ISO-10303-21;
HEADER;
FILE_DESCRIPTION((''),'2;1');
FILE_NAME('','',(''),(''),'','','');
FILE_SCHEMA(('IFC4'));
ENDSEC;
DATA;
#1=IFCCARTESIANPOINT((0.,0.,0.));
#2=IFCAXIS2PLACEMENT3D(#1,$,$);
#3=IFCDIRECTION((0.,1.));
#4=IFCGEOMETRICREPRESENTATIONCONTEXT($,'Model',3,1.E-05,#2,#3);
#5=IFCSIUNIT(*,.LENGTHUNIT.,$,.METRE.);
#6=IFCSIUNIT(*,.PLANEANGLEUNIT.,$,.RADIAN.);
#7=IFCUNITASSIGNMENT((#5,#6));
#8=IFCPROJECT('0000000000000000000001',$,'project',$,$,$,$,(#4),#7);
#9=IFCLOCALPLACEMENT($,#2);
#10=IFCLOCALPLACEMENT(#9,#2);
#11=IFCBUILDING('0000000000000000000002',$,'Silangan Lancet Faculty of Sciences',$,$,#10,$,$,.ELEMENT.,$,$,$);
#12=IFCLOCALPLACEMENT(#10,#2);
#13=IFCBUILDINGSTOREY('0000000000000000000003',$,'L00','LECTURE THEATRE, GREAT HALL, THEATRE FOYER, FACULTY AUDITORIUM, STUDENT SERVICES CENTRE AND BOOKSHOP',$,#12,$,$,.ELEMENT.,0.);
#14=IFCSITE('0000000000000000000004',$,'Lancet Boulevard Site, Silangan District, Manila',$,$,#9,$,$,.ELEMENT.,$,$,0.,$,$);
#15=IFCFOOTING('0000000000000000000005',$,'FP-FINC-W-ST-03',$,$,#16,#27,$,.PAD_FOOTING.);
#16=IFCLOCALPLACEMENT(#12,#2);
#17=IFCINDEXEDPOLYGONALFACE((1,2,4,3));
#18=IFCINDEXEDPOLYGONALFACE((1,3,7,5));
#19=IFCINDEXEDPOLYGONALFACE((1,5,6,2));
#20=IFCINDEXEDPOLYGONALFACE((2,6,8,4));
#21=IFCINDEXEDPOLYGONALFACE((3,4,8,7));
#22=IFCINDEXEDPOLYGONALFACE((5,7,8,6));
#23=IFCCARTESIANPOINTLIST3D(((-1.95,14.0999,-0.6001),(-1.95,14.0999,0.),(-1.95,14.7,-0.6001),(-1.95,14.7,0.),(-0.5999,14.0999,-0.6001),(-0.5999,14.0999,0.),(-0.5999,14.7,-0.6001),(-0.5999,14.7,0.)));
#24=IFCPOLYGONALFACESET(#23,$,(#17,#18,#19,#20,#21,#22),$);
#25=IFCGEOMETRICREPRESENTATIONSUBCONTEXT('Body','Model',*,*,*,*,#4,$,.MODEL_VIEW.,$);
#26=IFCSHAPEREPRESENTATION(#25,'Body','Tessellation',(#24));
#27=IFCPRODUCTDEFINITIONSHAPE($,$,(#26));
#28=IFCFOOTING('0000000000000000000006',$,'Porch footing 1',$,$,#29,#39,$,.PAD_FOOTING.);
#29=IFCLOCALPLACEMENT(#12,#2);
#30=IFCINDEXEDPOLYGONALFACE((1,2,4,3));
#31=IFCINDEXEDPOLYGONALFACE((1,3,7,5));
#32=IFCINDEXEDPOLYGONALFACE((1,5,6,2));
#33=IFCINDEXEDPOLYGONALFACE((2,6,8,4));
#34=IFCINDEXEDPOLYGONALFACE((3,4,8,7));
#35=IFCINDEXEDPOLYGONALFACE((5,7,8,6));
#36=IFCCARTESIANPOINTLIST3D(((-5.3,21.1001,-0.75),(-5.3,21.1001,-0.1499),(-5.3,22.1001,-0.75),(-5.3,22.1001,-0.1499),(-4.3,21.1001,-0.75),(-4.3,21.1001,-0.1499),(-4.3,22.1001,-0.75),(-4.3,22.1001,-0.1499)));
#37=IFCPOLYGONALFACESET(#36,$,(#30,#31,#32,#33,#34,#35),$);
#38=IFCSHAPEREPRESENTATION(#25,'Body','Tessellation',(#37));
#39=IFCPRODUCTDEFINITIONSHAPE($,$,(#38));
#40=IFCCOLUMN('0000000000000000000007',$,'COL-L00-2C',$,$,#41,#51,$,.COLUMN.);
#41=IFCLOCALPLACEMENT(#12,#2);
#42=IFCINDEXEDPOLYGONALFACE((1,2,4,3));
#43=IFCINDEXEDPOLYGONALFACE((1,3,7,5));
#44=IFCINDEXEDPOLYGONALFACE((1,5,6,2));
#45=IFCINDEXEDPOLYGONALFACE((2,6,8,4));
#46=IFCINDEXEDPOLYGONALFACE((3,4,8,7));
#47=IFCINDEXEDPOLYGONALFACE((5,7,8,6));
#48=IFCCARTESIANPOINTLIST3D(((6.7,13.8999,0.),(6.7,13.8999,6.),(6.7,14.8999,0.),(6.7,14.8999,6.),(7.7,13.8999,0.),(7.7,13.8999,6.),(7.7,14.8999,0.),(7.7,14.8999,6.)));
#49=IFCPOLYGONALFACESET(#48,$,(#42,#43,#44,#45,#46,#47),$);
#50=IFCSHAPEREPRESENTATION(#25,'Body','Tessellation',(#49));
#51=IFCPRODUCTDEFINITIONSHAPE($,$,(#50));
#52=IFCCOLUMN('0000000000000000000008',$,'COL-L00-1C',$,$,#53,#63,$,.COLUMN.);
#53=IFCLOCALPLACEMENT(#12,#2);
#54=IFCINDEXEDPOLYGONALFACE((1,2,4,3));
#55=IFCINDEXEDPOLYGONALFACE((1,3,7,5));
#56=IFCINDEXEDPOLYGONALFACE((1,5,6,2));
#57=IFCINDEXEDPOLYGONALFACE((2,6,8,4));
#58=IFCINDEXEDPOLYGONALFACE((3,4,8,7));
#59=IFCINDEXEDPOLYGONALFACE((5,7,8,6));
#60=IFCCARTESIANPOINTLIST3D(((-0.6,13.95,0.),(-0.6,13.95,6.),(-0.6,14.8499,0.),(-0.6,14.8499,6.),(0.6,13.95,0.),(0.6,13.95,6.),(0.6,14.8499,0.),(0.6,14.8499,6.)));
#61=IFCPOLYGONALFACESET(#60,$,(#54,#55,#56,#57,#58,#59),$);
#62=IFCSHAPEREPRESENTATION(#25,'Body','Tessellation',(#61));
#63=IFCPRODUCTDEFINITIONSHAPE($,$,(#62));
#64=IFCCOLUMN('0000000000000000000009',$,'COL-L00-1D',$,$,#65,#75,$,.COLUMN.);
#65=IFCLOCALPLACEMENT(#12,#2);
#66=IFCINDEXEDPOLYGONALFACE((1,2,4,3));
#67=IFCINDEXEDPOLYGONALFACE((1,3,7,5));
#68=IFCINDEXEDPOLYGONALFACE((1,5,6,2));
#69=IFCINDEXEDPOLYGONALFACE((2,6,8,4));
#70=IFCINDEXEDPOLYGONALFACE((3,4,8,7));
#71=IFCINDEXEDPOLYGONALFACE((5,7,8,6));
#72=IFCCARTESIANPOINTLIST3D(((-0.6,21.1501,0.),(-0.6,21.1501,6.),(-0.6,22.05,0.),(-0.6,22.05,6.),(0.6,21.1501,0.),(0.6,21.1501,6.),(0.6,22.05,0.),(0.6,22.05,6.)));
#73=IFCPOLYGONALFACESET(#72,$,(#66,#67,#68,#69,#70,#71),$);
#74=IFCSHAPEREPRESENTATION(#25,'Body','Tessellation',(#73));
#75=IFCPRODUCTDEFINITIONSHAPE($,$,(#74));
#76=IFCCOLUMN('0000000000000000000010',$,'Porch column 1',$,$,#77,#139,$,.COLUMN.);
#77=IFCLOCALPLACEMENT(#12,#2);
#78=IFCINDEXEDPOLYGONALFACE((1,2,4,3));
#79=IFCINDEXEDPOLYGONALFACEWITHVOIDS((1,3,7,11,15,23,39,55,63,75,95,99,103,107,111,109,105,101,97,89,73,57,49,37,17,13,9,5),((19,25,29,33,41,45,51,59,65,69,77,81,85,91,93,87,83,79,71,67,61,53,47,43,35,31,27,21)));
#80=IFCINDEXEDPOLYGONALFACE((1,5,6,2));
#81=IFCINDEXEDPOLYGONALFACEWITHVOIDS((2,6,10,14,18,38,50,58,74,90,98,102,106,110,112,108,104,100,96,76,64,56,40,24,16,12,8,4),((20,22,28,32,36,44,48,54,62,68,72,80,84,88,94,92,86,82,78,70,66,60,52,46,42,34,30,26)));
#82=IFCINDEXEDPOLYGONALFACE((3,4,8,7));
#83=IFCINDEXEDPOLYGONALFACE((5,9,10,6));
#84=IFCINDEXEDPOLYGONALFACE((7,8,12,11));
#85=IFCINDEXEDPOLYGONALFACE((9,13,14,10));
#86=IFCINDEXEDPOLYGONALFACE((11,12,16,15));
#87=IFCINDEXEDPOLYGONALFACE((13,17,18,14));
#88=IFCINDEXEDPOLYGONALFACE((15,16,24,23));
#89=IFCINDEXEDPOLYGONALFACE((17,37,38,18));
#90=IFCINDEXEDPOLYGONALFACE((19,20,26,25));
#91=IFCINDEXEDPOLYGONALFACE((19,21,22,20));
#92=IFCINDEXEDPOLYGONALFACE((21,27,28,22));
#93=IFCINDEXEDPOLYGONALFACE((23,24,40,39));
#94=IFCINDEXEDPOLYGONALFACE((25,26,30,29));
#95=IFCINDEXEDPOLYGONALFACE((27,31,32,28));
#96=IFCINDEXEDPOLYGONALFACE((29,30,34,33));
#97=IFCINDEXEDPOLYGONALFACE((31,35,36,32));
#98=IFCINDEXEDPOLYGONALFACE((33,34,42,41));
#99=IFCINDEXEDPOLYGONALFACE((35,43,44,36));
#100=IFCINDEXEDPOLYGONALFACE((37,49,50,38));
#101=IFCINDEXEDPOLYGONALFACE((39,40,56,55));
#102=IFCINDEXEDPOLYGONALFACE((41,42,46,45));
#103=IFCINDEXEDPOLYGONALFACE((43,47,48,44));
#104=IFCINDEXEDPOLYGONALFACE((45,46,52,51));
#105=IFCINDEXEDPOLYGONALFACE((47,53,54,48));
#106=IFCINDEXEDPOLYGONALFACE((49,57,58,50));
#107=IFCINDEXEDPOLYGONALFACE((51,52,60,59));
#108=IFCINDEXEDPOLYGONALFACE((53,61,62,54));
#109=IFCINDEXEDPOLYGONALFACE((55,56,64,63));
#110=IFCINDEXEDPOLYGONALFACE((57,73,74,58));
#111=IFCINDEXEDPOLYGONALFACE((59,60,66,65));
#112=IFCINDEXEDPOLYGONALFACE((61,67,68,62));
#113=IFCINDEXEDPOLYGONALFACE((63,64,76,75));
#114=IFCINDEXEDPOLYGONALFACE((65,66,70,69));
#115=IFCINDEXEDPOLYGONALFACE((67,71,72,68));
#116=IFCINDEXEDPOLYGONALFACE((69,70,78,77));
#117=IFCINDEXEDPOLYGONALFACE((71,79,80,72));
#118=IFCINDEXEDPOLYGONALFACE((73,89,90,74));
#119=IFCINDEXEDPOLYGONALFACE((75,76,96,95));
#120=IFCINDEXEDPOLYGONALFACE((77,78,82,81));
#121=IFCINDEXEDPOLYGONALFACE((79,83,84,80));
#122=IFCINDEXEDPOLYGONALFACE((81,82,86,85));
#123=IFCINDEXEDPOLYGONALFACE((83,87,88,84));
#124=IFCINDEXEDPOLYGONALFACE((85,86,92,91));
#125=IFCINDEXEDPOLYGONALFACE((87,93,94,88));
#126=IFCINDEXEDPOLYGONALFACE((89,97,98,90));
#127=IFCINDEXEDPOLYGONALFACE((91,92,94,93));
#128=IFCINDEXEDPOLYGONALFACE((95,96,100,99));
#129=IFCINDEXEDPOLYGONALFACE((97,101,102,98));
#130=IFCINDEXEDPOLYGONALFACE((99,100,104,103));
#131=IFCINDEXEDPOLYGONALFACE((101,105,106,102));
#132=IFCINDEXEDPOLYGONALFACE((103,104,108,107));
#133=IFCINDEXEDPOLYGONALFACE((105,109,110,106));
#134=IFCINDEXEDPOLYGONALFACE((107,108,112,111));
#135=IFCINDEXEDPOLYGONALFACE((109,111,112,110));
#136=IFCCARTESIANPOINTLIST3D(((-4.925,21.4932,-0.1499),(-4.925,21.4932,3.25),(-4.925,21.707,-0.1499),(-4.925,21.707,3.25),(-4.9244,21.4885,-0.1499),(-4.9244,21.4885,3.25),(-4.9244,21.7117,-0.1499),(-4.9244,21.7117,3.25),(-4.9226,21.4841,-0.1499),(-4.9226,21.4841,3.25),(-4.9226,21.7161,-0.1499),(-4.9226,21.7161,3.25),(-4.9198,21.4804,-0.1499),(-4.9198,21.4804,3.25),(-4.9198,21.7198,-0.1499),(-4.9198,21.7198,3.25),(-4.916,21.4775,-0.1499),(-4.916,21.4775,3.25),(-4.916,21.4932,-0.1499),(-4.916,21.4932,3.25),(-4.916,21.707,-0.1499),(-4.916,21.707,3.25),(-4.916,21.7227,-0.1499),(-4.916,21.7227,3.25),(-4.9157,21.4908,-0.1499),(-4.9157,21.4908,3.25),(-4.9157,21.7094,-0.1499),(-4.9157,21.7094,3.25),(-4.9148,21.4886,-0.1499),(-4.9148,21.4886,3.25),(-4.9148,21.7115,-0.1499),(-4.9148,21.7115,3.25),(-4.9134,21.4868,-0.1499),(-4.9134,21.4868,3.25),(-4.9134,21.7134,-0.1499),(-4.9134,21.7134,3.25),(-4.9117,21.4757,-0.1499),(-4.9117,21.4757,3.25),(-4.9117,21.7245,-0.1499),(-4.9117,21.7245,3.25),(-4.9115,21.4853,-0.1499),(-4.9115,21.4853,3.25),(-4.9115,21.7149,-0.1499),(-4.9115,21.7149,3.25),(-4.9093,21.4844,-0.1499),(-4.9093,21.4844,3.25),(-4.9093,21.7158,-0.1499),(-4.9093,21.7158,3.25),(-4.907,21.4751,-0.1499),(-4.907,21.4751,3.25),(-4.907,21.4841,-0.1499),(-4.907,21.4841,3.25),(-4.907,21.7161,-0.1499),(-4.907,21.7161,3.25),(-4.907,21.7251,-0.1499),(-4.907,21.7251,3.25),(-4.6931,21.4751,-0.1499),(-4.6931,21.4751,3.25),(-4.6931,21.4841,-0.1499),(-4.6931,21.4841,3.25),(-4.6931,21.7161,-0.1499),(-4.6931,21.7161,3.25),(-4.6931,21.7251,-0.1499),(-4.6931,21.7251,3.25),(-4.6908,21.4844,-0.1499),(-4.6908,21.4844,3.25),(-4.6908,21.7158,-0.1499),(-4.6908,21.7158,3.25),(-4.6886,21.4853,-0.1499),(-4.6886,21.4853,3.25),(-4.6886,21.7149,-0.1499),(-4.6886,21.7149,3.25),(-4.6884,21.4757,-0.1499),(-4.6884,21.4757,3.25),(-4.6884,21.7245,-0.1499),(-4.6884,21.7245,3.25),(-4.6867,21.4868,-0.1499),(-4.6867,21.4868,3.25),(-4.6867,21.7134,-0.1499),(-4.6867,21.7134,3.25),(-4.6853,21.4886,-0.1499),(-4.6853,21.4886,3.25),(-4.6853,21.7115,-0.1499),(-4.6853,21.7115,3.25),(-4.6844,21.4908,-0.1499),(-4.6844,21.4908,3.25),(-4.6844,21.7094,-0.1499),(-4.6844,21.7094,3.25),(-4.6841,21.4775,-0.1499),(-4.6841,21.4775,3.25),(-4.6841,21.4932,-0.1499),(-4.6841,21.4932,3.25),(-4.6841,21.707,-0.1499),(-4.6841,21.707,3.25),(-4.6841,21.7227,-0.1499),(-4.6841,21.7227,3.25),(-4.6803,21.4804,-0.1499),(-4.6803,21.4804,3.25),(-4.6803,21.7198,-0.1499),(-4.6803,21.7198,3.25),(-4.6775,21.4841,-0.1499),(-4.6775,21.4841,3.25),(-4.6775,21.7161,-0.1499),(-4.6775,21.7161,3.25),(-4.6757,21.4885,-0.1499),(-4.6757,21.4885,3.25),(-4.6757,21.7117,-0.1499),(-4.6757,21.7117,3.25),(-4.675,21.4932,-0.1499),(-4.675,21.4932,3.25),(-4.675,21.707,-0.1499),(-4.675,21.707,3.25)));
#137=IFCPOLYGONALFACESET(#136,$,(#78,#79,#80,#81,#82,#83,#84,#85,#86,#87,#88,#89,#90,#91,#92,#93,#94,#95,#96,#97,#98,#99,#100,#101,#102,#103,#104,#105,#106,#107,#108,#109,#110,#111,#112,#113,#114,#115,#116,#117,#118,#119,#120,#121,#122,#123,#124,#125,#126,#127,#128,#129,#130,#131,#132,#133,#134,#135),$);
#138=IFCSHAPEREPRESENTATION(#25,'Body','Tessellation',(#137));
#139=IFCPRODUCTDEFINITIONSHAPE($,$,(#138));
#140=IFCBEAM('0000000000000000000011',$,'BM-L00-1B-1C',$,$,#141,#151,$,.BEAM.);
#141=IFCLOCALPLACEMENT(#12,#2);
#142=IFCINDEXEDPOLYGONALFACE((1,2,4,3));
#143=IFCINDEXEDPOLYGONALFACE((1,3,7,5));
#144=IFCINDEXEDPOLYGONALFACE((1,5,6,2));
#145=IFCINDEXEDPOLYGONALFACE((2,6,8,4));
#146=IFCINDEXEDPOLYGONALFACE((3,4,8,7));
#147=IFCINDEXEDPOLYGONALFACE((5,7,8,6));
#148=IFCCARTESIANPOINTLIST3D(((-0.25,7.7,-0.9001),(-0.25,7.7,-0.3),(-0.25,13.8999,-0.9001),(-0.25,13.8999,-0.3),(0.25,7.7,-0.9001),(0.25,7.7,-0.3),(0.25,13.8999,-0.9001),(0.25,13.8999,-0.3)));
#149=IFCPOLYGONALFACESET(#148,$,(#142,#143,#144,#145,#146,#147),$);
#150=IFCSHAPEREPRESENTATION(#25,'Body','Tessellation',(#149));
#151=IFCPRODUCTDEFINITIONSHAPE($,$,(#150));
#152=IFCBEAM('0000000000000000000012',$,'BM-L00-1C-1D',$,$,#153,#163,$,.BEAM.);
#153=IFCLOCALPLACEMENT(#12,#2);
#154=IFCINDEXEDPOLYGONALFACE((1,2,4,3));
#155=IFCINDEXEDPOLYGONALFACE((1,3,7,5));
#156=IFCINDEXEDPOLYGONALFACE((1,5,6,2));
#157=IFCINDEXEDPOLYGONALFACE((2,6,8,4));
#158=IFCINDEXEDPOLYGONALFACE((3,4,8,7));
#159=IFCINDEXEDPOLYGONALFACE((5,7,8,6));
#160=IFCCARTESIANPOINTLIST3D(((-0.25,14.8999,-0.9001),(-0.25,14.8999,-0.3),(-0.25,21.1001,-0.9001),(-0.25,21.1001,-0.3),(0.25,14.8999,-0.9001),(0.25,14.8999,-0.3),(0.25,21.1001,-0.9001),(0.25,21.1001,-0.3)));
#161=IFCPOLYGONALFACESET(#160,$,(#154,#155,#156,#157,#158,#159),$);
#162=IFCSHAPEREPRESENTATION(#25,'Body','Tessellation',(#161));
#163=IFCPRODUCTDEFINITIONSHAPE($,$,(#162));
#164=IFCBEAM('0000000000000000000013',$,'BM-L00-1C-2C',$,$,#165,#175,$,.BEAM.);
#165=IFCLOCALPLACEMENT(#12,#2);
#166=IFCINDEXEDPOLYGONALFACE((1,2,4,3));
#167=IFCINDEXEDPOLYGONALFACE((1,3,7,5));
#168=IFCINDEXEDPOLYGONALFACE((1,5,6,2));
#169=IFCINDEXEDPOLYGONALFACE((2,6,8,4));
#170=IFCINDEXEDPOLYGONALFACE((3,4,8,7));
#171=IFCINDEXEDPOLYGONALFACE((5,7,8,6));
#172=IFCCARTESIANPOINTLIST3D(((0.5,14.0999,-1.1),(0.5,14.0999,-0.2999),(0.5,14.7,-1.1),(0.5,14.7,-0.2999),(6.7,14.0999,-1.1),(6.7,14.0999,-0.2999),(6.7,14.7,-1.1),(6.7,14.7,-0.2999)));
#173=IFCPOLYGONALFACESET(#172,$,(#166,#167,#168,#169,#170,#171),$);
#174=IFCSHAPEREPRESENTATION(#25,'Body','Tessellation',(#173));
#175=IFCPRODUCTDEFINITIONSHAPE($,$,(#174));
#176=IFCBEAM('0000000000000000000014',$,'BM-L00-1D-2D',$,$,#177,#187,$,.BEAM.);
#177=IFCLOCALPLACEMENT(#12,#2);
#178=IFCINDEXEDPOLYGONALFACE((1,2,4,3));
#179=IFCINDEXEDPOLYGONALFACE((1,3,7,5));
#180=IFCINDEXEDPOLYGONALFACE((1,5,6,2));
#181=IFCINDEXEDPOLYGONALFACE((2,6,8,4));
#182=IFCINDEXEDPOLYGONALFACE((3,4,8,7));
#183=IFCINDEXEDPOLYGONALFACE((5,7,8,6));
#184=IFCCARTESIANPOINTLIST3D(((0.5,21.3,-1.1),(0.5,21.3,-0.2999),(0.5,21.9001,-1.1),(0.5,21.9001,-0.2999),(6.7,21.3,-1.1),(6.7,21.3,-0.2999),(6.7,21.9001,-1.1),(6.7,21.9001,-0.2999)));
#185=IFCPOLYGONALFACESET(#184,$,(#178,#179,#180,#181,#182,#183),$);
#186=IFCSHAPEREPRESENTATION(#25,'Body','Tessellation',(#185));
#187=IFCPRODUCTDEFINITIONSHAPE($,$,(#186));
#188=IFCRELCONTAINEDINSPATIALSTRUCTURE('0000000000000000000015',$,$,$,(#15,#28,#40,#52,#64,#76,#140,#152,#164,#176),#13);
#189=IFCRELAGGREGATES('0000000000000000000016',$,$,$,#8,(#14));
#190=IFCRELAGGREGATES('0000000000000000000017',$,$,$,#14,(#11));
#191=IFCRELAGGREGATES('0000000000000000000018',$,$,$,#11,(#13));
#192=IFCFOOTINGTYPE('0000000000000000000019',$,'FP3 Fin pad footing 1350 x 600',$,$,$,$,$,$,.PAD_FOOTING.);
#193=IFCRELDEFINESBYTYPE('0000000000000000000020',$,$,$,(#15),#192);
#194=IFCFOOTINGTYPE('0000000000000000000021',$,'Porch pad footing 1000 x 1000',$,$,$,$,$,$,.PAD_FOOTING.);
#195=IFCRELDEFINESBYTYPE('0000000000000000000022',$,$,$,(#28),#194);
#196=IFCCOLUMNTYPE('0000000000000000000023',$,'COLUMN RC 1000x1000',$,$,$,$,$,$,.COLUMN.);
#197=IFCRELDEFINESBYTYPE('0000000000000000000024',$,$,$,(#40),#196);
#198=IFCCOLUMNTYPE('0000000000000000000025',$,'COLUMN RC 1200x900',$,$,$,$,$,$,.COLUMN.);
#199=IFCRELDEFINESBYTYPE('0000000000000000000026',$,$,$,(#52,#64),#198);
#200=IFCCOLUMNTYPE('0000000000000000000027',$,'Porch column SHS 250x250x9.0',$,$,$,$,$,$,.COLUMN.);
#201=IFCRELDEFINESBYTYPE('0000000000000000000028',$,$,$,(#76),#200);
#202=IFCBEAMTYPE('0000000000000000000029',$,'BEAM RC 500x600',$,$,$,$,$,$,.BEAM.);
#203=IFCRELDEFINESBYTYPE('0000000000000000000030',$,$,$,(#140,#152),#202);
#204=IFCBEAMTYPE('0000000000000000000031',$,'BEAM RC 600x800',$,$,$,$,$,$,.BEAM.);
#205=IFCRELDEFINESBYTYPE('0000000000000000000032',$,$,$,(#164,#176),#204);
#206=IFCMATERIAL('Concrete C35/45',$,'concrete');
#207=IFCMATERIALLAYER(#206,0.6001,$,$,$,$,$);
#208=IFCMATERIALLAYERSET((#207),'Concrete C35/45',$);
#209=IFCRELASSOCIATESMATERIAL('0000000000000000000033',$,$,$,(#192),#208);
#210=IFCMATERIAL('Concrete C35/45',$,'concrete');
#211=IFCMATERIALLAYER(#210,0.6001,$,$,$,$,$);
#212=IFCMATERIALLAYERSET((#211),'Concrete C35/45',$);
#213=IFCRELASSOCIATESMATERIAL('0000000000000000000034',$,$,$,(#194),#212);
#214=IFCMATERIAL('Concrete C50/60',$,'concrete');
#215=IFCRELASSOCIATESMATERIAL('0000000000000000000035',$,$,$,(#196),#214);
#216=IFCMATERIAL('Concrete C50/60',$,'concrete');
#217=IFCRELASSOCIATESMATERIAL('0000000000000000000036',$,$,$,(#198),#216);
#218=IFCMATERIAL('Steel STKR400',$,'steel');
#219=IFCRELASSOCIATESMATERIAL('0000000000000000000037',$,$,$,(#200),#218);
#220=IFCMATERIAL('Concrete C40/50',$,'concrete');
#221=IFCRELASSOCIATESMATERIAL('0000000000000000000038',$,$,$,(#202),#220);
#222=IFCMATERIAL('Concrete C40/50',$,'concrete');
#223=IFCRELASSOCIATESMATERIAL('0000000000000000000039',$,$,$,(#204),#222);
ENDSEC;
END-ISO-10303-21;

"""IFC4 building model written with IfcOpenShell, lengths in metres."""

from ifc_helpers import new_model, si_unit, direction, frame, origin, origin_2d, place, context, subcontext, project, spatial, rectangle, hollow_rectangle, extrude, material, layer, layer_set, material_profile, profile_set, type_object, element, save


model = new_model("IFC4")

# Units and contexts
model_context = context("Model", 3, precision=1e-05, world=origin(), true_north=direction((0.0, 1.0)))
body_context = subcontext(model_context, "Body", "Model", "MODEL_VIEW")
ifc_project = project(units=[si_unit("LENGTHUNIT", "METRE"), si_unit("PLANEANGLEUNIT", "RADIAN")], contexts=[model_context])

# Site, building, storey
site_placement = place(None, origin())
site = spatial("IfcSite", under=ifc_project, at=site_placement, Name="Lancet Boulevard Site, Silangan District, Manila", CompositionType="ELEMENT", RefElevation=0.0)
building_placement = place(site_placement, origin())
building = spatial("IfcBuilding", under=site, at=building_placement, Name="Silangan Lancet Faculty of Sciences", CompositionType="ELEMENT")
storey_placement = place(building_placement, origin())
storey = spatial("IfcBuildingStorey", under=building, at=storey_placement, Name="L00", Description="LECTURE THEATRE, GREAT HALL, THEATRE FOYER, FACULTY AUDITORIUM, STUDENT SERVICES CENTRE AND BOOKSHOP", CompositionType="ELEMENT", Elevation=0.0)

# Footings
ifc_material_1 = material(Name="Concrete C35/45", Category="concrete")
ifc_layer_1 = layer(ifc_material_1, 0.6001)
ifc_layer_set_1 = layer_set([ifc_layer_1], Name="Concrete C35/45")
footing_type_1 = type_object("IfcFootingType", Name="FP3 Fin pad footing 1350 x 600", PredefinedType="PAD_FOOTING", material=ifc_layer_set_1)
footing_1_placement = place(storey_placement, frame((-1.2749, 14.3999, -0.6001), z_axis=(0.0, 0.0, 1.0), x_axis=(1.0, 0.0, 0.0)))
element("IfcFooting", 1, at=footing_1_placement, inside=storey, type_object=footing_type_1, Name="FP-FINC-W-ST-03", PredefinedType="PAD_FOOTING", context=body_context, shape_type="SweptSolid", body=[
    extrude(rectangle(XDim=1.3501, YDim=0.6001, at=origin_2d()), origin(), (0.0, 0.0, 1.0), 0.6001),
])
ifc_material_2 = material(Name="Concrete C35/45", Category="concrete")
ifc_layer_2 = layer(ifc_material_2, 0.6001)
ifc_layer_set_2 = layer_set([ifc_layer_2], Name="Concrete C35/45")
footing_type_2 = type_object("IfcFootingType", Name="Porch pad footing 1000 x 1000", PredefinedType="PAD_FOOTING", material=ifc_layer_set_2)
footing_2_placement = place(storey_placement, frame((-4.8, 21.6001, -0.75), z_axis=(0.0, 0.0, 1.0), x_axis=(1.0, 0.0, 0.0)))
element("IfcFooting", 2, at=footing_2_placement, inside=storey, type_object=footing_type_2, Name="Porch footing 1", PredefinedType="PAD_FOOTING", context=body_context, shape_type="SweptSolid", body=[
    extrude(rectangle(XDim=1.0, YDim=1.0, at=origin_2d()), origin(), (0.0, 0.0, 1.0), 0.6001),
])

# Columns
ifc_material_3 = material(Name="Concrete C50/60", Category="concrete")
ifc_material_profile_1 = material_profile(ifc_material_3, rectangle(XDim=1.0, YDim=1.0, at=origin_2d()), Name="RC 1000x1000")
ifc_profile_set_1 = profile_set([ifc_material_profile_1], Name="Concrete C50/60")
column_type_1 = type_object("IfcColumnType", Name="COLUMN RC 1000x1000", PredefinedType="COLUMN", material=ifc_profile_set_1)
column_1_placement = place(storey_placement, frame((7.2, 14.3999, 0.0), z_axis=(0.0, 0.0, 1.0), x_axis=(1.0, 0.0, 0.0)))
element("IfcColumn", 3, at=column_1_placement, inside=storey, type_object=column_type_1, Name="COL-L00-2C", PredefinedType="COLUMN", context=body_context, shape_type="SweptSolid", body=[
    extrude(rectangle(XDim=1.0, YDim=1.0, at=origin_2d()), origin(), (0.0, 0.0, 1.0), 6.0),
])
ifc_material_4 = material(Name="Concrete C50/60", Category="concrete")
ifc_material_profile_2 = material_profile(ifc_material_4, rectangle(XDim=1.2, YDim=0.8999, at=origin_2d()), Name="RC 1200x900")
ifc_profile_set_2 = profile_set([ifc_material_profile_2], Name="Concrete C50/60")
column_type_2 = type_object("IfcColumnType", Name="COLUMN RC 1200x900", PredefinedType="COLUMN", material=ifc_profile_set_2)
for number, where, z_axis, x_axis, name in (
    (4, (0.0, 14.3999, 0.0), (0.0, 0.0, 1.0), (1.0, 0.0, 0.0), "COL-L00-1C"),
    (5, (0.0, 21.6001, 0.0), (0.0, 0.0, 1.0), (1.0, 0.0, 0.0), "COL-L00-1D"),
):
    element("IfcColumn", number, at=place(storey_placement, frame(where, z_axis=z_axis, x_axis=x_axis)), inside=storey, type_object=column_type_2, Name=name, PredefinedType="COLUMN", context=body_context, shape_type="SweptSolid", body=[
        extrude(rectangle(XDim=1.2, YDim=0.8999, at=origin_2d()), origin(), (0.0, 0.0, 1.0), 6.0),
    ])
ifc_material_5 = material(Name="Steel STKR400", Category="steel")
ifc_material_profile_3 = material_profile(ifc_material_5, hollow_rectangle(XDim=0.25, YDim=0.25, WallThickness=0.009, InnerFilletRadius=0.009, OuterFilletRadius=0.0181, at=origin_2d()), Name="SHS 250x250x9.0")
ifc_profile_set_3 = profile_set([ifc_material_profile_3], Name="Steel STKR400")
column_type_3 = type_object("IfcColumnType", Name="Porch column SHS 250x250x9.0", PredefinedType="COLUMN", material=ifc_profile_set_3)
column_2_placement = place(storey_placement, frame((-4.8, 21.6001, -0.1499), z_axis=(0.0, 0.0, 1.0), x_axis=(1.0, 0.0, 0.0)))
element("IfcColumn", 6, at=column_2_placement, inside=storey, type_object=column_type_3, Name="Porch column 1", PredefinedType="COLUMN", context=body_context, shape_type="SweptSolid", body=[
    extrude(hollow_rectangle(XDim=0.25, YDim=0.25, WallThickness=0.009, InnerFilletRadius=0.009, OuterFilletRadius=0.0181, at=origin_2d()), origin(), (0.0, 0.0, 1.0), 3.3999),
])

# Beams
ifc_material_6 = material(Name="Concrete C40/50", Category="concrete")
ifc_material_profile_4 = material_profile(ifc_material_6, rectangle(XDim=0.5, YDim=0.6001, at=origin_2d()), Name="RC 500x600")
ifc_profile_set_4 = profile_set([ifc_material_profile_4], Name="Concrete C40/50")
beam_type_1 = type_object("IfcBeamType", Name="BEAM RC 500x600", PredefinedType="BEAM", material=ifc_profile_set_4)
beam_1_placement = place(storey_placement, frame((0.0, 7.7, -0.6001), z_axis=(0.0, 1.0, 0.0), x_axis=(-1.0, 0.0, 0.0)))
element("IfcBeam", 7, at=beam_1_placement, inside=storey, type_object=beam_type_1, Name="BM-L00-1B-1C", PredefinedType="BEAM", context=body_context, shape_type="SweptSolid", body=[
    extrude(rectangle(XDim=0.5, YDim=0.6001, at=origin_2d()), origin(), (0.0, 0.0, 1.0), 6.2),
])
beam_2_placement = place(storey_placement, frame((0.0, 14.8999, -0.6001), z_axis=(0.0, 1.0, 0.0), x_axis=(-1.0, 0.0, 0.0)))
element("IfcBeam", 8, at=beam_2_placement, inside=storey, type_object=beam_type_1, Name="BM-L00-1C-1D", PredefinedType="BEAM", context=body_context, shape_type="SweptSolid", body=[
    extrude(rectangle(XDim=0.5, YDim=0.6001, at=origin_2d()), origin(), (0.0, 0.0, 1.0), 6.2002),
])
ifc_material_7 = material(Name="Concrete C40/50", Category="concrete")
ifc_material_profile_5 = material_profile(ifc_material_7, rectangle(XDim=0.6001, YDim=0.8, at=origin_2d()), Name="RC 600x800")
ifc_profile_set_5 = profile_set([ifc_material_profile_5], Name="Concrete C40/50")
beam_type_2 = type_object("IfcBeamType", Name="BEAM RC 600x800", PredefinedType="BEAM", material=ifc_profile_set_5)
for number, where, z_axis, x_axis, name in (
    (9, (0.5, 14.3999, -0.7), (1.0, 0.0, 0.0), (0.0, 1.0, 0.0), "BM-L00-1C-2C"),
    (10, (0.5, 21.6001, -0.7), (1.0, 0.0, 0.0), (0.0, 1.0, 0.0), "BM-L00-1D-2D"),
):
    element("IfcBeam", number, at=place(storey_placement, frame(where, z_axis=z_axis, x_axis=x_axis)), inside=storey, type_object=beam_type_2, Name=name, PredefinedType="BEAM", context=body_context, shape_type="SweptSolid", body=[
        extrude(rectangle(XDim=0.6001, YDim=0.8, at=origin_2d()), origin(), (0.0, 0.0, 1.0), 6.2),
    ])

save(model, "model.ifc")
